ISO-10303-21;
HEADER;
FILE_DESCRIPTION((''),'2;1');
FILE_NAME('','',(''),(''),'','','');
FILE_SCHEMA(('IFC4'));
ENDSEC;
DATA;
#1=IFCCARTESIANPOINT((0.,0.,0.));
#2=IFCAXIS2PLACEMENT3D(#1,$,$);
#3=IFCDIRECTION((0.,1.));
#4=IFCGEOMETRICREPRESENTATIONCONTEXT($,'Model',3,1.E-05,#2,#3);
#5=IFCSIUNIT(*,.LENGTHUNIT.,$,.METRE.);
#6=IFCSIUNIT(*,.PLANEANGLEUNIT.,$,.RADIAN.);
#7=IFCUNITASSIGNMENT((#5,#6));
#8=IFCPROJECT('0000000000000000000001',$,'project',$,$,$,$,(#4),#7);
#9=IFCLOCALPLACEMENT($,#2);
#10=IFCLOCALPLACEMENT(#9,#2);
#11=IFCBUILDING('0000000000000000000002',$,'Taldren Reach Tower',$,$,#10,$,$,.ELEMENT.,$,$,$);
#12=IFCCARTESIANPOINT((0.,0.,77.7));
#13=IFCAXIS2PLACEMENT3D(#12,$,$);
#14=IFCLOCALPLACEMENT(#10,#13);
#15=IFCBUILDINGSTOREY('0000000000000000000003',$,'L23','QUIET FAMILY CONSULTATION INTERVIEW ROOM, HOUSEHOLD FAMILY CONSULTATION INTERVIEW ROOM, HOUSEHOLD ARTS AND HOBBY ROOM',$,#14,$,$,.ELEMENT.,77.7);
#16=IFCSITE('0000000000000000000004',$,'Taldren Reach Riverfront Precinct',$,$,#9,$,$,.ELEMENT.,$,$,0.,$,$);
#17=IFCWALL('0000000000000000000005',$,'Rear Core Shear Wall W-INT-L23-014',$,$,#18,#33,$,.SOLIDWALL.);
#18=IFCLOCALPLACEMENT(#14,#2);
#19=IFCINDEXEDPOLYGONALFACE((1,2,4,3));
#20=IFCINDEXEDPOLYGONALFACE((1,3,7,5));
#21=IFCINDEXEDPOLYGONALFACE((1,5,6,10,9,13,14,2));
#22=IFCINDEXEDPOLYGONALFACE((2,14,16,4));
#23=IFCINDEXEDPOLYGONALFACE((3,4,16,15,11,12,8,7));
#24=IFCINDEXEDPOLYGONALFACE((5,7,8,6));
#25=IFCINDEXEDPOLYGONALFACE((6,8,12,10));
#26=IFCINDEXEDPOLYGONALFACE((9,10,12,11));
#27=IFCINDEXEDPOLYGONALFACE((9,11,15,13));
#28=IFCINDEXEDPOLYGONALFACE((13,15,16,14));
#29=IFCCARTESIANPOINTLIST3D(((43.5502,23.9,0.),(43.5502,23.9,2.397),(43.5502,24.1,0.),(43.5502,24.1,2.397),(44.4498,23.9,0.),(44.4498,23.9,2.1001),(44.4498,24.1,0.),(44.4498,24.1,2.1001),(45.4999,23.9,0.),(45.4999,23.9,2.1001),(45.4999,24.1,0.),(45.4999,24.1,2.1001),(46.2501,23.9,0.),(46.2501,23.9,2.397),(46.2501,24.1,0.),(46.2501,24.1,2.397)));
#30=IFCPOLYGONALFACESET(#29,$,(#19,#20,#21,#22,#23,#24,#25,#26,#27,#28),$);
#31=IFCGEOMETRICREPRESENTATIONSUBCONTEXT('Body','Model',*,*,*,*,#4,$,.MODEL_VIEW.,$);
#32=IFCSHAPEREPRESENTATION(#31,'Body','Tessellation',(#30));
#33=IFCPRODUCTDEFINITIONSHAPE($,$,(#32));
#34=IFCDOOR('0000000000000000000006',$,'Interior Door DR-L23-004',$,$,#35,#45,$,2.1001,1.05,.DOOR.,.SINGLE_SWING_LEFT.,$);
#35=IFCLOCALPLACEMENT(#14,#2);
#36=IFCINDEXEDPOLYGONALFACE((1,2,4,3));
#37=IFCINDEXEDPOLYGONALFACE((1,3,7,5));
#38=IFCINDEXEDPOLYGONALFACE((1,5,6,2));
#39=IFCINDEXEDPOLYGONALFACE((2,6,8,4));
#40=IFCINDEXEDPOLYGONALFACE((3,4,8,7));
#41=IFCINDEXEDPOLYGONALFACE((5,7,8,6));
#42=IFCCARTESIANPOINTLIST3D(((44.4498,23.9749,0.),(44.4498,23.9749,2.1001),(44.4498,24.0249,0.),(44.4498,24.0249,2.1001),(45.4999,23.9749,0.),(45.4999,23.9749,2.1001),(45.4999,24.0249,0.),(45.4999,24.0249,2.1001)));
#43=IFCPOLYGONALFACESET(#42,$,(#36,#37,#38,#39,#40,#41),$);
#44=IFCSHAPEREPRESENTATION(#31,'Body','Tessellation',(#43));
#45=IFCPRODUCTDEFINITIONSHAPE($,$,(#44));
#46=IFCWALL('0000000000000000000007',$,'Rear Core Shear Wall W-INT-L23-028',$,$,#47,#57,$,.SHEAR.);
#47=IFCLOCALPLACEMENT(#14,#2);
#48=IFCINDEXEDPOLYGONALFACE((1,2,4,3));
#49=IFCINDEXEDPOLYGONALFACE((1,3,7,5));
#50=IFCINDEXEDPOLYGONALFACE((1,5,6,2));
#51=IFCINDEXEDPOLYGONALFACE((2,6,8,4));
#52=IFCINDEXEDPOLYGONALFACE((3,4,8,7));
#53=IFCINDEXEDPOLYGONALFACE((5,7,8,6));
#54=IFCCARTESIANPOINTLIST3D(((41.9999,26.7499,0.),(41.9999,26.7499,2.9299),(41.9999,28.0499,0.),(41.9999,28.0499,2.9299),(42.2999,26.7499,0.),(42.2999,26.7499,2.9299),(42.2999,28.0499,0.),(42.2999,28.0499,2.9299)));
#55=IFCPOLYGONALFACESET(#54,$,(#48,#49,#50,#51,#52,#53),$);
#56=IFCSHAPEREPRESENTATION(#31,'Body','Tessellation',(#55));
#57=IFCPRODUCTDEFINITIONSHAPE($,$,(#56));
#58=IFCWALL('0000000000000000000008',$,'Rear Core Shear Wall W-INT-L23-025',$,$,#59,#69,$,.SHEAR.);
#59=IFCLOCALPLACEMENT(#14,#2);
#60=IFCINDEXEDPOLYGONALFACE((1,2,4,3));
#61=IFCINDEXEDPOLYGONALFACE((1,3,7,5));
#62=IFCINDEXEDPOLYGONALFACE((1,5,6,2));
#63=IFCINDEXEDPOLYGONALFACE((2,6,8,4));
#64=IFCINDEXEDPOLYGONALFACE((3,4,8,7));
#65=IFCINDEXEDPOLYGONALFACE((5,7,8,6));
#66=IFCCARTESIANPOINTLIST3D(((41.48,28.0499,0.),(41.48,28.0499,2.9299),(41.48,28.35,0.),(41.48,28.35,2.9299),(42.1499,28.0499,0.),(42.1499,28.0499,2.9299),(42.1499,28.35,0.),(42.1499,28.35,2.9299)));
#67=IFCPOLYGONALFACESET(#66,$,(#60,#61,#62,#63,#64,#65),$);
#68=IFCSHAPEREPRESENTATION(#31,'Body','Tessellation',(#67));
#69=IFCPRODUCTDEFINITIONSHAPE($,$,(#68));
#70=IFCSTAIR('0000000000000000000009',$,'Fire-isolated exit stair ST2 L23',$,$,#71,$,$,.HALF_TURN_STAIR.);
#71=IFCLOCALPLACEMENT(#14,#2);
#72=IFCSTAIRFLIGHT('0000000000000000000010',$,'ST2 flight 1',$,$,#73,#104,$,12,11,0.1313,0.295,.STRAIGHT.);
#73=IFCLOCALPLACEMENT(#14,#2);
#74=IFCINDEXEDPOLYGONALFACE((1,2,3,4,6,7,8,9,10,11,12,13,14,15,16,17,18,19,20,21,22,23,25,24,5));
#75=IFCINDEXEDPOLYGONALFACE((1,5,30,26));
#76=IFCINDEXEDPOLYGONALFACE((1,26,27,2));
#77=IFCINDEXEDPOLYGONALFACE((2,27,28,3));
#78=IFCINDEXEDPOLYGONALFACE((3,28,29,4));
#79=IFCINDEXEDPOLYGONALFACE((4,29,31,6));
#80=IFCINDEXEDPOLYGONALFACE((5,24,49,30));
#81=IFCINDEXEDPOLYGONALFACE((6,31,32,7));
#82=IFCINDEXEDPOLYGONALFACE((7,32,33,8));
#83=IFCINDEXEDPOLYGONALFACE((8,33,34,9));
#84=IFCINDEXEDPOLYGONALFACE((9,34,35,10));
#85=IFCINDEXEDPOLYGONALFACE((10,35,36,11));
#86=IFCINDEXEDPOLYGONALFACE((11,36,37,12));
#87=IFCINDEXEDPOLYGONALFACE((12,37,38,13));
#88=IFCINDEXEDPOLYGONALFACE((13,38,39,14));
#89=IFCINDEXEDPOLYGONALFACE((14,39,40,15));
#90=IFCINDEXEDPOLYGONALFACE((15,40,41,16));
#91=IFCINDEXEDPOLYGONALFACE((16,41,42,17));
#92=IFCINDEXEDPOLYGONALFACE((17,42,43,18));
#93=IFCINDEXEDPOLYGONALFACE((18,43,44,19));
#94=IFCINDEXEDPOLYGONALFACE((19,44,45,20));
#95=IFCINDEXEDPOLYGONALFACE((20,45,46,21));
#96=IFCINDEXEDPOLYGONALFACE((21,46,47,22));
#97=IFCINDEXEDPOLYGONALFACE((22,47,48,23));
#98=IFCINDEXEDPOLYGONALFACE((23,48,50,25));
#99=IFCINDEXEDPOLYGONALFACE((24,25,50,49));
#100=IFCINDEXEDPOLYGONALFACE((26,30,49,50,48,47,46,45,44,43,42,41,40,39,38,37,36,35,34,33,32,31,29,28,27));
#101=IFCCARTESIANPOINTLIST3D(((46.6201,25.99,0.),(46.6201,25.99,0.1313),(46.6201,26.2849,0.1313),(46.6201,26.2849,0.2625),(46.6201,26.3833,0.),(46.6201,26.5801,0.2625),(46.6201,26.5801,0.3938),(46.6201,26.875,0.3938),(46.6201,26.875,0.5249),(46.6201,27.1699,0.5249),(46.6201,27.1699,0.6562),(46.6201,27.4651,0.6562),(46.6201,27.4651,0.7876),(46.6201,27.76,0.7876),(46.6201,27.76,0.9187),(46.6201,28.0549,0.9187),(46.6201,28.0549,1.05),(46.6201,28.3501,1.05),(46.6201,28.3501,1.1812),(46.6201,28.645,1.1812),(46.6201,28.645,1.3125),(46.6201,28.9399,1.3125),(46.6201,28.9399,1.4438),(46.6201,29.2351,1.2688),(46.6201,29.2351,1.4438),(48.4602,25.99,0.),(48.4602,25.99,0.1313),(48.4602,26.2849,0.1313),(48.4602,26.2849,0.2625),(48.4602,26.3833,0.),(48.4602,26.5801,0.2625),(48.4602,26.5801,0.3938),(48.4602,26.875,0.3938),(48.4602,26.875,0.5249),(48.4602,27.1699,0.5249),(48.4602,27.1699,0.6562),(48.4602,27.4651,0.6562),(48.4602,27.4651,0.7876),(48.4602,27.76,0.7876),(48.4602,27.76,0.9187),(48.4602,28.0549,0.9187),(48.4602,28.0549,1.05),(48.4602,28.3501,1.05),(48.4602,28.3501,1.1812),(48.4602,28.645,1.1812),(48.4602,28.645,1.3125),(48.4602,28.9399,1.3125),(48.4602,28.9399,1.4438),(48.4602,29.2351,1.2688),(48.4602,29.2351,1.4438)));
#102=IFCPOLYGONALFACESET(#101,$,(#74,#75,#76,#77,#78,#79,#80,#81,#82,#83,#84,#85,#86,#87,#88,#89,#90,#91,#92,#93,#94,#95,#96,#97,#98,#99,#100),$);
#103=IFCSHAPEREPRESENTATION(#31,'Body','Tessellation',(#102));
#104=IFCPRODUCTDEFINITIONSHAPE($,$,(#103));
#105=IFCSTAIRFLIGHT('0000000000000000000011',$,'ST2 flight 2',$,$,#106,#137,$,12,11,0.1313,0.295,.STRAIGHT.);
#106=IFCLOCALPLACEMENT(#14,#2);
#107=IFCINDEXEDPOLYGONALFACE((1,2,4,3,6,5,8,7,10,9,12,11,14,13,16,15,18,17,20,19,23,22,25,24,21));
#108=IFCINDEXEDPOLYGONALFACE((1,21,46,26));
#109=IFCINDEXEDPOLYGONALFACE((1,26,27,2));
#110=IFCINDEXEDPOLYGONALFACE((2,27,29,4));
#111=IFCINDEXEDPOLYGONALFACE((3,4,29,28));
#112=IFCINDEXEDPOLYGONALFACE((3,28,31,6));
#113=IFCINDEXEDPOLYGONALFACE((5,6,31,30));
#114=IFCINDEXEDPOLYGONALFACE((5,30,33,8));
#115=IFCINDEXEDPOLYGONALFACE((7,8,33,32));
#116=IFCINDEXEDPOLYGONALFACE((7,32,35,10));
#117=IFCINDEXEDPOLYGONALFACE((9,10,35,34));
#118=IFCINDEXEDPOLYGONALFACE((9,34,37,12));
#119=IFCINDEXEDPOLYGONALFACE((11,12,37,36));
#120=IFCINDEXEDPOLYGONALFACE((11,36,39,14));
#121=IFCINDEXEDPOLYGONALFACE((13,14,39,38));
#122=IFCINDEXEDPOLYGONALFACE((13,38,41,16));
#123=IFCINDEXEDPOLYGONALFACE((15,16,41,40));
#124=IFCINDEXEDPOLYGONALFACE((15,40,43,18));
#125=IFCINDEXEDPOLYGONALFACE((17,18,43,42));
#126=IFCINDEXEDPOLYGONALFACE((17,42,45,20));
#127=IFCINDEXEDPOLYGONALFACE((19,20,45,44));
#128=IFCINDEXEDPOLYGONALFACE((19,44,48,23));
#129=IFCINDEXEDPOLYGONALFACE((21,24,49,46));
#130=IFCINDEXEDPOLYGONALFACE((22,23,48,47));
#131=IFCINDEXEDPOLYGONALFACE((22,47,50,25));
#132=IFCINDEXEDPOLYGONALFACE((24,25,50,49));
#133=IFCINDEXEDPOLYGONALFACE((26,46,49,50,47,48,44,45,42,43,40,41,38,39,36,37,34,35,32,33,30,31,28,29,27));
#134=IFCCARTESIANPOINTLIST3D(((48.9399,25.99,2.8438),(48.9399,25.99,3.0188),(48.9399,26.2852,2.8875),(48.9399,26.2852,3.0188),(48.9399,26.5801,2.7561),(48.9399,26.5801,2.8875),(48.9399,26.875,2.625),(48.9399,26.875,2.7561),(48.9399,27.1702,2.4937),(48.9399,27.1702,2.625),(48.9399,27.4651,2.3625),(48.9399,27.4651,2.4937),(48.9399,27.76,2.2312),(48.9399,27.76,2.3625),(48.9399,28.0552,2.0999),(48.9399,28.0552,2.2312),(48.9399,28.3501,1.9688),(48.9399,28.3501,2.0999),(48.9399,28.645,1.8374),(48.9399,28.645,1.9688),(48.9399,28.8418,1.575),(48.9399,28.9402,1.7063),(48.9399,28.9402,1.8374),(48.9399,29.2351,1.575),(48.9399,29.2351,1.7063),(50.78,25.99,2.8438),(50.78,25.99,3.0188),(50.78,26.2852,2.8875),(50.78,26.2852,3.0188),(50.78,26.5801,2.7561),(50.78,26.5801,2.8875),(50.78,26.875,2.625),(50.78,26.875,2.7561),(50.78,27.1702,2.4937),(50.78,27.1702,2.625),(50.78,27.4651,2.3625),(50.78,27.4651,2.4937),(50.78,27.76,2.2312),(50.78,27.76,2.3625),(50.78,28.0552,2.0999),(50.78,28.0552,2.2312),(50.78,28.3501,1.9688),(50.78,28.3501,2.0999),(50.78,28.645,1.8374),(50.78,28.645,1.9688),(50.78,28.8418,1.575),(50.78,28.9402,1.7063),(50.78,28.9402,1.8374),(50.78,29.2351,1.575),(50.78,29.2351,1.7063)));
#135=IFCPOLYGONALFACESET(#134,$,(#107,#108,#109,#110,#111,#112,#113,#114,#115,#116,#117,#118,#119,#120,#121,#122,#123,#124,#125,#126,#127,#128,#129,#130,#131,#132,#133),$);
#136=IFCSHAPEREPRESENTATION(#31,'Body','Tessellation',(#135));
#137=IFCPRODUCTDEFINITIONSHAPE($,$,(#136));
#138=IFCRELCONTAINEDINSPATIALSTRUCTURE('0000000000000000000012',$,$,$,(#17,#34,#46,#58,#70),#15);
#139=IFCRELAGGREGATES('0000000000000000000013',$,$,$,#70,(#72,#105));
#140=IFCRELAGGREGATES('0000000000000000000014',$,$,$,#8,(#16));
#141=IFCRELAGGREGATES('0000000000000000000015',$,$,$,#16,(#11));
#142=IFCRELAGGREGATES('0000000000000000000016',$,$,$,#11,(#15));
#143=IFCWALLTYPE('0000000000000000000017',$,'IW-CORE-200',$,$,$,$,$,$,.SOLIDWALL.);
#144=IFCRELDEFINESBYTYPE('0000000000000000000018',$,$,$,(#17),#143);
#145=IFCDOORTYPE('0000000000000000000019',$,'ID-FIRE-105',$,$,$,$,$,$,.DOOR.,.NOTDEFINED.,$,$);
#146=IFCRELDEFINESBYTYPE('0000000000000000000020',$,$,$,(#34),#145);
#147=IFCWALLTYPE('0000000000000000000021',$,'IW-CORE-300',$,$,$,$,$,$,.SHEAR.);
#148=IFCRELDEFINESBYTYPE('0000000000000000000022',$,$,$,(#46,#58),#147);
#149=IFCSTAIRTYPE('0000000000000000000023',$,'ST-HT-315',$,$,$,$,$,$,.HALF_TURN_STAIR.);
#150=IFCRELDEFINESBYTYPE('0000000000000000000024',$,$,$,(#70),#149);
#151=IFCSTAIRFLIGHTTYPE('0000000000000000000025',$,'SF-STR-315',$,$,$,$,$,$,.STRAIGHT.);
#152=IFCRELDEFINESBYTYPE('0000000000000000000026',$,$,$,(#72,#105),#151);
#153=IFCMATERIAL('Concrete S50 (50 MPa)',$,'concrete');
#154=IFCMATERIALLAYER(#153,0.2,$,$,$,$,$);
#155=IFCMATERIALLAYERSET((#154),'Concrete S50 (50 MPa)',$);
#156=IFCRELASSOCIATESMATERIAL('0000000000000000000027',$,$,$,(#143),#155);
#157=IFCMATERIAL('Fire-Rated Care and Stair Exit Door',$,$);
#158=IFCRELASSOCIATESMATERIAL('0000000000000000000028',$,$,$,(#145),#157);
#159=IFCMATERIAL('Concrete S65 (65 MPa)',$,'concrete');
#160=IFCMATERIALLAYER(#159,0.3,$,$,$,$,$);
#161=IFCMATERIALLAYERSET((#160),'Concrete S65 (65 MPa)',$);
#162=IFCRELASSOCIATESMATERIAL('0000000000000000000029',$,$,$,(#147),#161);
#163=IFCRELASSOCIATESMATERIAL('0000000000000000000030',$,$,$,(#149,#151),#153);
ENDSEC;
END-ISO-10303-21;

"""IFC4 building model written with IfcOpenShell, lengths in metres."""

from ifc_helpers import new_model, si_unit, direction, frame, frame_2d, origin, place, context, subcontext, project, spatial, polyline, rectangle, outline, extrude, source, transform, mapped, material, layer, layer_set, type_object, element, fill, aggregate, save


model = new_model("IFC4")

# Units and contexts
model_context = context("Model", 3, precision=1e-05, world=origin(), true_north=direction((0.0, 1.0)))
body_context = subcontext(model_context, "Body", "Model", "MODEL_VIEW")
ifc_project = project(units=[si_unit("LENGTHUNIT", "METRE"), si_unit("PLANEANGLEUNIT", "RADIAN")], contexts=[model_context])

# Site, building, storey
site_placement = place(None, origin())
site = spatial("IfcSite", under=ifc_project, at=site_placement, Name="Taldren Reach Riverfront Precinct", CompositionType="ELEMENT", RefElevation=0.0)
building_placement = place(site_placement, origin())
building = spatial("IfcBuilding", under=site, at=building_placement, Name="Taldren Reach Tower", CompositionType="ELEMENT")
storey_placement = place(building_placement, frame((0.0, 0.0, 77.7)))
storey = spatial("IfcBuildingStorey", under=building, at=storey_placement, Name="L23", Description="QUIET FAMILY CONSULTATION INTERVIEW ROOM, HOUSEHOLD FAMILY CONSULTATION INTERVIEW ROOM, HOUSEHOLD ARTS AND HOBBY ROOM", CompositionType="ELEMENT", Elevation=77.7)

# Shared definitions
ifc_material_1 = material(Name="Concrete S50 (50 MPa)", Category="concrete")
ifc_layer_1 = layer(ifc_material_1, 0.2)
ifc_layer_set_1 = layer_set([ifc_layer_1], Name="Concrete S50 (50 MPa)")
wall_type_1 = type_object("IfcWallType", Name="IW-CORE-200", PredefinedType="SOLIDWALL", material=ifc_layer_set_1)
shared_shape_1 = source(origin(), body_context, "Body", "SweptSolid", [
    extrude(rectangle(XDim=1.05, YDim=2.1001, at=frame_2d((0.5249, 1.05))), frame((0.0, 0.1099, 0.0), z_axis=(0.0, -1.0, 0.0), x_axis=(1.0, 0.0, 0.0)), (0.0, 0.0, 1.0), 0.22),
])
ifc_material_2 = material(Name="Fire-Rated Care and Stair Exit Door")
door_type_1 = type_object("IfcDoorType", Name="ID-FIRE-105", OperationType="NOTDEFINED", PredefinedType="DOOR", material=ifc_material_2)
shared_shape_2 = source(origin(), body_context, "Body", "SweptSolid", [
    extrude(rectangle(XDim=1.05, YDim=2.1001, at=frame_2d((0.5249, 1.05))), frame((0.0, 0.0249, 0.0), z_axis=(0.0, -1.0, 0.0), x_axis=(1.0, 0.0, 0.0)), (0.0, 0.0, 1.0), 0.05),
])

# Shared definitions
ifc_material_3 = material(Name="Concrete S65 (65 MPa)", Category="concrete")
ifc_layer_2 = layer(ifc_material_3, 0.3)
ifc_layer_set_2 = layer_set([ifc_layer_2], Name="Concrete S65 (65 MPa)")
wall_type_2 = type_object("IfcWallType", Name="IW-CORE-300", PredefinedType="SHEAR", material=ifc_layer_set_2)

# Wall, opening, door
shared_shape_3 = source(origin(), body_context, "Body", "SweptSolid", [
    extrude(rectangle(XDim=2.7, YDim=0.2, at=frame_2d((1.3501, 0.0))), origin(), (0.0, 0.0, 1.0), 2.397),
])
wall_1_placement = place(storey_placement, frame((43.55, 24.0, 0.0), z_axis=(0.0, 0.0, 1.0), x_axis=(1.0, 0.0, 0.0)))
wall_1 = element("IfcWall", 1, at=wall_1_placement, inside=storey, type_object=wall_type_1, Name="Rear Core Shear Wall W-INT-L23-014", PredefinedType="SOLIDWALL", context=body_context, shape_type="MappedRepresentation", body=[
    mapped(shared_shape_3, transform((0.0, 0.0, 0.0), scale=1.0)),
])
opening_1_placement = place(wall_1_placement, frame((0.8999, 0.0, 0.0)))
opening_1 = element("IfcOpeningElement", 2, at=opening_1_placement, cuts=wall_1, PredefinedType="OPENING", context=body_context, shape_type="MappedRepresentation", body=[
    mapped(shared_shape_1, transform((0.0, 0.0, 0.0), scale=1.0)),
])
door_1_placement = place(opening_1_placement, origin())
door_1 = element("IfcDoor", 3, at=door_1_placement, inside=storey, type_object=door_type_1, Name="Interior Door DR-L23-004", OperationType="SINGLE_SWING_LEFT", OverallHeight=2.1001, OverallWidth=1.05, PredefinedType="DOOR", context=body_context, shape_type="MappedRepresentation", body=[
    mapped(shared_shape_2, transform((0.0, 0.0, 0.0), scale=1.0)),
])
fill(opening_1, door_1)

# Walls
shared_shape_4 = source(origin(), body_context, "Body", "SweptSolid", [
    extrude(rectangle(XDim=1.3, YDim=0.3, at=frame_2d((0.6499, 0.0))), origin(), (0.0, 0.0, 1.0), 2.9299),
])
wall_2_placement = place(storey_placement, frame((42.1499, 26.75, 0.0), z_axis=(0.0, 0.0, 1.0), x_axis=(0.0, 1.0, 0.0)))
element("IfcWall", 4, at=wall_2_placement, inside=storey, type_object=wall_type_2, Name="Rear Core Shear Wall W-INT-L23-028", PredefinedType="SHEAR", context=body_context, shape_type="MappedRepresentation", body=[
    mapped(shared_shape_4, transform((0.0, 0.0, 0.0), scale=1.0)),
])
shared_shape_5 = source(origin(), body_context, "Body", "SweptSolid", [
    extrude(rectangle(XDim=0.6699, YDim=0.3, at=frame_2d((0.335, 0.0))), origin(), (0.0, 0.0, 1.0), 2.9299),
])
wall_3_placement = place(storey_placement, frame((42.1499, 28.2, 0.0), z_axis=(0.0, 0.0, 1.0), x_axis=(-1.0, 0.0, 0.0)))
element("IfcWall", 5, at=wall_3_placement, inside=storey, type_object=wall_type_2, Name="Rear Core Shear Wall W-INT-L23-025", PredefinedType="SHEAR", context=body_context, shape_type="MappedRepresentation", body=[
    mapped(shared_shape_5, transform((0.0, 0.0, 0.0), scale=1.0)),
])

# Stair, stair flights
stair_type = type_object("IfcStairType", Name="ST-HT-315", PredefinedType="HALF_TURN_STAIR", material=ifc_material_1)
stair_placement = place(storey_placement, origin())
stair = element("IfcStair", 6, at=stair_placement, inside=storey, type_object=stair_type, Name="Fire-isolated exit stair ST2 L23", PredefinedType="HALF_TURN_STAIR")
stair_flight_type = type_object("IfcStairFlightType", Name="SF-STR-315", PredefinedType="STRAIGHT", material=ifc_material_1)
stair_flight_1_placement = place(storey_placement, frame((47.54, 25.99, 0.0), z_axis=(0.0, 0.0, 1.0), x_axis=(0.0, 1.0, 0.0)))
stair_flight_1 = element("IfcStairFlight", 7, at=stair_flight_1_placement, type_object=stair_flight_type, Name="ST2 flight 1", NumberOfRisers=12, NumberOfTreads=11, PredefinedType="STRAIGHT", RiserHeight=0.1313, TreadLength=0.295, context=body_context, shape_type="SweptSolid", body=[
    extrude(outline(polyline([(0.0, 0.0), (0.0, 0.1313), (0.2949, 0.1313), (0.2949, 0.2625), (0.5901, 0.2625), (0.5901, 0.3938), (0.885, 0.3938), (0.885, 0.5249), (1.1799, 0.5249), (1.1799, 0.6562), (1.4751, 0.6562), (1.4751, 0.7876), (1.77, 0.7876), (1.77, 0.9187), (2.0649, 0.9187), (2.0649, 1.05), (2.3601, 1.05), (2.3601, 1.1812), (2.655, 1.1812), (2.655, 1.3125), (2.95, 1.3125), (2.95, 1.4438), (3.2451, 1.4438), (3.2451, 1.575), (3.2451, 1.2688), (0.3933, 0.0), (0.0, 0.0)])), frame((0.0, 0.9199, 0.0), z_axis=(0.0, -1.0, 0.0), x_axis=(1.0, 0.0, 0.0)), (0.0, 0.0, 1.0), 1.8401),
])
stair_flight_2_placement = place(storey_placement, frame((49.8601, 29.2351, 1.575), z_axis=(0.0, 0.0, 1.0), x_axis=(0.0, -1.0, 0.0)))
stair_flight_2 = element("IfcStairFlight", 8, at=stair_flight_2_placement, type_object=stair_flight_type, Name="ST2 flight 2", NumberOfRisers=12, NumberOfTreads=11, PredefinedType="STRAIGHT", RiserHeight=0.1313, TreadLength=0.295, context=body_context, shape_type="SweptSolid", body=[
    extrude(outline(polyline([(0.0, 0.0), (0.0, 0.1313), (0.2949, 0.1313), (0.2949, 0.2625), (0.5901, 0.2625), (0.5901, 0.3938), (0.885, 0.3938), (0.885, 0.5249), (1.1799, 0.5249), (1.1799, 0.6562), (1.4751, 0.6562), (1.4751, 0.7876), (1.77, 0.7876), (1.77, 0.9187), (2.0649, 0.9187), (2.0649, 1.05), (2.3601, 1.05), (2.3601, 1.1812), (2.655, 1.1812), (2.655, 1.3125), (2.95, 1.3125), (2.95, 1.4438), (3.2451, 1.4438), (3.2451, 1.575), (3.2451, 1.2688), (0.3933, 0.0), (0.0, 0.0)])), frame((0.0, 0.9199, 0.0), z_axis=(0.0, -1.0, 0.0), x_axis=(1.0, 0.0, 0.0)), (0.0, 0.0, 1.0), 1.8401),
])
aggregate(stair, [stair_flight_1, stair_flight_2])

save(model, "model.ifc")
